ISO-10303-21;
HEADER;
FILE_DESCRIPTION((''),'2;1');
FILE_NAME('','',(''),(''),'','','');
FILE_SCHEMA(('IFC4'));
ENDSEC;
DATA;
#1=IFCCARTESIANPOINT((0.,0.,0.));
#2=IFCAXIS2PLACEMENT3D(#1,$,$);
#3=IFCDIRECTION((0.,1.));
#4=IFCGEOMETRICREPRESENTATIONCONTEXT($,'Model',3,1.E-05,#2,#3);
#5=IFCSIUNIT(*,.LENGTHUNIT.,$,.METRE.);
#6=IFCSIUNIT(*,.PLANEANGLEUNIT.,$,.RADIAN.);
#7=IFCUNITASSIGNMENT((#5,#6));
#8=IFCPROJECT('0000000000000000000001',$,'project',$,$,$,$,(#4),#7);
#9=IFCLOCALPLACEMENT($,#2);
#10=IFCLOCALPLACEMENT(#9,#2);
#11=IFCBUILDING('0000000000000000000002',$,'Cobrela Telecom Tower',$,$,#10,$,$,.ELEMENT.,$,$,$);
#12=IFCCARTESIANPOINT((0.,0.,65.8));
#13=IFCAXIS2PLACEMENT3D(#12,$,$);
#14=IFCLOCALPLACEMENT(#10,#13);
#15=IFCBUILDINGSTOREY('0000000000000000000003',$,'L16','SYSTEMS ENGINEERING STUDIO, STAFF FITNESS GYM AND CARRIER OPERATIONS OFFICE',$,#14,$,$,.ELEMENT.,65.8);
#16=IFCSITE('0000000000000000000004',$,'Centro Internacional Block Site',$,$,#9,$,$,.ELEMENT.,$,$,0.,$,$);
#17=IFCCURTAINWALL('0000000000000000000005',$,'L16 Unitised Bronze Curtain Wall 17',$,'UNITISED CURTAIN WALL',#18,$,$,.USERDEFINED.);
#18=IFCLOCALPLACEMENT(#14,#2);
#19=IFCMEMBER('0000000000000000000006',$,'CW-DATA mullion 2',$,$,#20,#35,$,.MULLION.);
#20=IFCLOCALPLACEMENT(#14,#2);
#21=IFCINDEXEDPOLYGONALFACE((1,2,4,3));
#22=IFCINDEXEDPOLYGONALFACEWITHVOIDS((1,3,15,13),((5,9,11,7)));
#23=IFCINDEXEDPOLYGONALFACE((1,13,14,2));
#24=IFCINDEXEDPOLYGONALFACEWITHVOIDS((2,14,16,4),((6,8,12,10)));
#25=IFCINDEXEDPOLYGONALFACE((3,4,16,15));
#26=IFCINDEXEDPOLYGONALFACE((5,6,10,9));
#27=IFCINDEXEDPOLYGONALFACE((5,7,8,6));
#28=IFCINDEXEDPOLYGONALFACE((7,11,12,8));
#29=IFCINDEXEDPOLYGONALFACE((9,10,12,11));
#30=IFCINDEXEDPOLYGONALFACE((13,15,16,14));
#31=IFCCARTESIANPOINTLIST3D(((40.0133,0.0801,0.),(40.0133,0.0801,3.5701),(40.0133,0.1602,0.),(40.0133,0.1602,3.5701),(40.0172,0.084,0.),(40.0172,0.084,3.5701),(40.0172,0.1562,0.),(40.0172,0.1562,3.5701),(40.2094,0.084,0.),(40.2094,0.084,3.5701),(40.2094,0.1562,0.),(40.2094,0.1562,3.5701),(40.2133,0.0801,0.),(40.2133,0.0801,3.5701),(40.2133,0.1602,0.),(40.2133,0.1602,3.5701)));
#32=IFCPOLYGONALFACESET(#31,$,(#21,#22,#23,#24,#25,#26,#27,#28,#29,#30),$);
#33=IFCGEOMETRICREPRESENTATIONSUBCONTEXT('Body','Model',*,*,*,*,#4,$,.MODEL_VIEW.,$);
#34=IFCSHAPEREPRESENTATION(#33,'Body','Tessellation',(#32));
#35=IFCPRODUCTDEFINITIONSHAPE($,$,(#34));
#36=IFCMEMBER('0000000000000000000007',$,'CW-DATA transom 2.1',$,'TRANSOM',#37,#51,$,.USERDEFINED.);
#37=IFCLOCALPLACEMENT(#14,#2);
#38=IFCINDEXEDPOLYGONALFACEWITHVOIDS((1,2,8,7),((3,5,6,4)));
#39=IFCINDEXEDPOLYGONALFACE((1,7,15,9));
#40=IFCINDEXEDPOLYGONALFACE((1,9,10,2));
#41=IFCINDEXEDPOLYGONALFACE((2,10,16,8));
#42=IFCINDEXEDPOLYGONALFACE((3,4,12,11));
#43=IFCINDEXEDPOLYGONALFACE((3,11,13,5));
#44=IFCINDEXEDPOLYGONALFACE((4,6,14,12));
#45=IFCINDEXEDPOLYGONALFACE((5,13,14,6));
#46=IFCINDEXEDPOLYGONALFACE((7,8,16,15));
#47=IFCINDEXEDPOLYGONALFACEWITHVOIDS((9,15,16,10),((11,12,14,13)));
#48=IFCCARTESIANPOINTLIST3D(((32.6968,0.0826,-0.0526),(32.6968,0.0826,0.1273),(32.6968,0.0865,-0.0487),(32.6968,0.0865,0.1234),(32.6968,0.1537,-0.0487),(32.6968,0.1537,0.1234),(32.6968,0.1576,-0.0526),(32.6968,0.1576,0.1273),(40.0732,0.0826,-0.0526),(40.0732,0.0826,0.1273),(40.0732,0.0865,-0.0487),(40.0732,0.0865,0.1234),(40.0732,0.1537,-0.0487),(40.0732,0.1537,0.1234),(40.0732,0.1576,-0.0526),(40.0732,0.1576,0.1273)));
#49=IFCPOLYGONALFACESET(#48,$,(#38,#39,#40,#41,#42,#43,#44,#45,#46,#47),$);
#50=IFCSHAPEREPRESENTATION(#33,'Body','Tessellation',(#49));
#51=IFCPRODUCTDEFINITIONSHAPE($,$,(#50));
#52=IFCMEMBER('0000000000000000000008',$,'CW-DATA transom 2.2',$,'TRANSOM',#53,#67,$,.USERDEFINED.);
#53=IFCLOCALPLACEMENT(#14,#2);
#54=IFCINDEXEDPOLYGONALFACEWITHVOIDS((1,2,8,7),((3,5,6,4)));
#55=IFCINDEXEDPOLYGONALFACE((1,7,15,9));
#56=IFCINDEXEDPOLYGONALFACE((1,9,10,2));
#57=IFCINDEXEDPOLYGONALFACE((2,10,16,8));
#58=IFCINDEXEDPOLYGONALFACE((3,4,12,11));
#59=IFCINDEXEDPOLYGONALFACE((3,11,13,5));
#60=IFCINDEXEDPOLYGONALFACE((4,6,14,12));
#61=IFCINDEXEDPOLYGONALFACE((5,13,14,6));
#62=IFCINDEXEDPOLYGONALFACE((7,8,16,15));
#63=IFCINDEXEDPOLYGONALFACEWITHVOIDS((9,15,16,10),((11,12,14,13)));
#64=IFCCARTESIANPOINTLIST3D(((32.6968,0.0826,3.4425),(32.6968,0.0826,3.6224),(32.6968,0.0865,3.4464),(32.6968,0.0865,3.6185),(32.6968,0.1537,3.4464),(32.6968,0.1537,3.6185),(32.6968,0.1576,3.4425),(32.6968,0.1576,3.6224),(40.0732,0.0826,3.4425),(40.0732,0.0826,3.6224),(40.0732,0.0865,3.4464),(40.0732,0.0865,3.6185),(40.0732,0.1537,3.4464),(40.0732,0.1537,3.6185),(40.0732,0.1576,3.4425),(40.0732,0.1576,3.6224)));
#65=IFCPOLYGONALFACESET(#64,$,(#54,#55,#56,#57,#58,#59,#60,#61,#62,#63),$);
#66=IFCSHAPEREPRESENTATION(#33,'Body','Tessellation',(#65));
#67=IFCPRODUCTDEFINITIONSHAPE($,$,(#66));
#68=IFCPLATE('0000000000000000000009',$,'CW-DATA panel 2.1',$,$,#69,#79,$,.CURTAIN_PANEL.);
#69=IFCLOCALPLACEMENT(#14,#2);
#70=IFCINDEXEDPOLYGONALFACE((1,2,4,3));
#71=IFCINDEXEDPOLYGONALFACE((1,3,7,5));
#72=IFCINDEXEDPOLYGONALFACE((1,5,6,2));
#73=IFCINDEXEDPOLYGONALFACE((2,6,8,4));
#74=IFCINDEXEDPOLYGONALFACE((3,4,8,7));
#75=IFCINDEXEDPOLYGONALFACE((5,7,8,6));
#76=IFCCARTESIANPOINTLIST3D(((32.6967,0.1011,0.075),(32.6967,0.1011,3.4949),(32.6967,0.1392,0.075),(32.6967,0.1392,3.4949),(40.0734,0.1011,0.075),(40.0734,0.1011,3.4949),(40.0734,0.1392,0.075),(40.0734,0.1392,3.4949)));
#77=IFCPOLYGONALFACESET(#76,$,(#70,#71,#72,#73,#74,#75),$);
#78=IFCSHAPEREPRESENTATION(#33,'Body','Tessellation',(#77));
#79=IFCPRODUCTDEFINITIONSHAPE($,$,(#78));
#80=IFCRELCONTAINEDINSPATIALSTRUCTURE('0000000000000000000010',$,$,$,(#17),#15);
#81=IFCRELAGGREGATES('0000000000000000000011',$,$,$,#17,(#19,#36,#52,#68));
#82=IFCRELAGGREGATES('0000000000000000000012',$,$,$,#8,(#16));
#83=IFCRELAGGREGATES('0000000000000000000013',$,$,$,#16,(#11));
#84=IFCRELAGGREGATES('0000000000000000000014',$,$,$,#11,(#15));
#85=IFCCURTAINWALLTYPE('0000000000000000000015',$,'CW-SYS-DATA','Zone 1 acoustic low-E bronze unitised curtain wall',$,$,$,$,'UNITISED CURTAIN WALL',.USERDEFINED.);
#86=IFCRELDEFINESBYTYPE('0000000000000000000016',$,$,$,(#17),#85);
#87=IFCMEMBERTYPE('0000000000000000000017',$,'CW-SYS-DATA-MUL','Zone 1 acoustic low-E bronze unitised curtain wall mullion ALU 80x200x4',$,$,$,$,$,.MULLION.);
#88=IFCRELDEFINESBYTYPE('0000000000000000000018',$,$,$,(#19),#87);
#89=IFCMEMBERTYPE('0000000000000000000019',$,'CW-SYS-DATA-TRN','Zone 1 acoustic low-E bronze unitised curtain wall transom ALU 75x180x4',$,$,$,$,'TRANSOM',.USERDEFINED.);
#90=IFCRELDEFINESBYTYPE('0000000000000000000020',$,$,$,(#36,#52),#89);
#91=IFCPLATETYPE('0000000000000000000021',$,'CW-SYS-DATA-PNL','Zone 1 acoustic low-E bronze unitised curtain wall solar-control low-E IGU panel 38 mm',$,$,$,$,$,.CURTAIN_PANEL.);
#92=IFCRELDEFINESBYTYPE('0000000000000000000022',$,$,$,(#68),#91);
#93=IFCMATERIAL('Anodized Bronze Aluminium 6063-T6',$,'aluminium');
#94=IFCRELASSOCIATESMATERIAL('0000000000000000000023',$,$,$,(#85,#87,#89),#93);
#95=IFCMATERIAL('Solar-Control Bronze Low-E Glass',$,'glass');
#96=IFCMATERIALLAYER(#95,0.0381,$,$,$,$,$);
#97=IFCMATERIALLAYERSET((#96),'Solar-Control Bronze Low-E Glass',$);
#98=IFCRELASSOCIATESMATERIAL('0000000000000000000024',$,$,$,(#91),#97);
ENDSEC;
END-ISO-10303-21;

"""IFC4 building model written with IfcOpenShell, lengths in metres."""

from ifc_helpers import new_model, si_unit, direction, frame, origin, origin_2d, place, context, subcontext, project, spatial, rectangle, hollow_rectangle, extrude, material, layer, layer_set, material_profile, profile_set, type_object, element, aggregate, save


model = new_model("IFC4")

# Units and contexts
model_context = context("Model", 3, precision=1e-05, world=origin(), true_north=direction((0.0, 1.0)))
body_context = subcontext(model_context, "Body", "Model", "MODEL_VIEW")
ifc_project = project(units=[si_unit("LENGTHUNIT", "METRE"), si_unit("PLANEANGLEUNIT", "RADIAN")], contexts=[model_context])

# Site, building, storey
site_placement = place(None, origin())
site = spatial("IfcSite", under=ifc_project, at=site_placement, Name="Centro Internacional Block Site", CompositionType="ELEMENT", RefElevation=0.0)
building_placement = place(site_placement, origin())
building = spatial("IfcBuilding", under=site, at=building_placement, Name="Cobrela Telecom Tower", CompositionType="ELEMENT")
storey_placement = place(building_placement, frame((0.0, 0.0, 65.8)))
storey = spatial("IfcBuildingStorey", under=building, at=storey_placement, Name="L16", Description="SYSTEMS ENGINEERING STUDIO, STAFF FITNESS GYM AND CARRIER OPERATIONS OFFICE", CompositionType="ELEMENT", Elevation=65.8)

# Curtain wall, members, plate
ifc_material_1 = material(Name="Anodized Bronze Aluminium 6063-T6", Category="aluminium")
curtain_wall_type = type_object("IfcCurtainWallType", Name="CW-SYS-DATA", Description="Zone 1 acoustic low-E bronze unitised curtain wall", ElementType="UNITISED CURTAIN WALL", PredefinedType="USERDEFINED", material=ifc_material_1)
curtain_wall_placement = place(storey_placement, origin())
curtain_wall = element("IfcCurtainWall", 1, at=curtain_wall_placement, inside=storey, type_object=curtain_wall_type, Name="L16 Unitised Bronze Curtain Wall 17", ObjectType="UNITISED CURTAIN WALL", PredefinedType="USERDEFINED")
ifc_material_profile_1 = material_profile(ifc_material_1, hollow_rectangle(XDim=0.0801, YDim=0.2, WallThickness=0.0039, at=origin_2d()), Name="ALU 80x200x4")
ifc_profile_set_1 = profile_set([ifc_material_profile_1], Name="Anodized Bronze Aluminium 6063-T6")
member_type_1 = type_object("IfcMemberType", Name="CW-SYS-DATA-MUL", Description="Zone 1 acoustic low-E bronze unitised curtain wall mullion ALU 80x200x4", PredefinedType="MULLION", material=ifc_profile_set_1)
member_1_placement = place(storey_placement, frame((40.1133, 0.1201, 0.0), z_axis=(0.0, 0.0, 1.0), x_axis=(0.0, -1.0, 0.0)))
member_1 = element("IfcMember", 2, at=member_1_placement, type_object=member_type_1, Name="CW-DATA mullion 2", PredefinedType="MULLION", context=body_context, shape_type="SweptSolid", body=[
    extrude(hollow_rectangle(XDim=0.0801, YDim=0.2, WallThickness=0.0039, at=origin_2d()), origin(), (0.0, 0.0, 1.0), 3.5701),
])
ifc_material_profile_2 = material_profile(ifc_material_1, hollow_rectangle(XDim=0.075, YDim=0.1799, WallThickness=0.0039, at=origin_2d()), Name="ALU 75x180x4")
ifc_profile_set_2 = profile_set([ifc_material_profile_2], Name="Anodized Bronze Aluminium 6063-T6")
member_type_2 = type_object("IfcMemberType", Name="CW-SYS-DATA-TRN", Description="Zone 1 acoustic low-E bronze unitised curtain wall transom ALU 75x180x4", ElementType="TRANSOM", PredefinedType="USERDEFINED", material=ifc_profile_set_2)
member_2_placement = place(storey_placement, frame((40.0732, 0.1201, 0.0374), z_axis=(-1.0, 0.0, 0.0), x_axis=(0.0, -1.0, 0.0)))
member_2 = element("IfcMember", 3, at=member_2_placement, type_object=member_type_2, Name="CW-DATA transom 2.1", ObjectType="TRANSOM", PredefinedType="USERDEFINED", context=body_context, shape_type="SweptSolid", body=[
    extrude(hollow_rectangle(XDim=0.075, YDim=0.1799, WallThickness=0.0039, at=origin_2d()), origin(), (0.0, 0.0, 1.0), 7.3765),
])
member_3_placement = place(storey_placement, frame((40.0732, 0.1201, 3.5325), z_axis=(-1.0, 0.0, 0.0), x_axis=(0.0, -1.0, 0.0)))
member_3 = element("IfcMember", 4, at=member_3_placement, type_object=member_type_2, Name="CW-DATA transom 2.2", ObjectType="TRANSOM", PredefinedType="USERDEFINED", context=body_context, shape_type="SweptSolid", body=[
    extrude(hollow_rectangle(XDim=0.075, YDim=0.1799, WallThickness=0.0039, at=origin_2d()), origin(), (0.0, 0.0, 1.0), 7.3765),
])
ifc_material_2 = material(Name="Solar-Control Bronze Low-E Glass", Category="glass")
ifc_layer = layer(ifc_material_2, 0.0381)
ifc_layer_set = layer_set([ifc_layer], Name="Solar-Control Bronze Low-E Glass")
plate_type = type_object("IfcPlateType", Name="CW-SYS-DATA-PNL", Description="Zone 1 acoustic low-E bronze unitised curtain wall solar-control low-E IGU panel 38 mm", PredefinedType="CURTAIN_PANEL", material=ifc_layer_set)
plate_placement = place(storey_placement, frame((36.385, 0.1201, 0.075), z_axis=(0.0, 0.0, 1.0), x_axis=(-1.0, 0.0, 0.0)))
plate = element("IfcPlate", 5, at=plate_placement, type_object=plate_type, Name="CW-DATA panel 2.1", PredefinedType="CURTAIN_PANEL", context=body_context, shape_type="SweptSolid", body=[
    extrude(rectangle(XDim=7.3767, YDim=0.0381, at=origin_2d()), origin(), (0.0, 0.0, 1.0), 3.4199),
])
aggregate(curtain_wall, [member_1, member_2, member_3, plate])

save(model, "model.ifc")
